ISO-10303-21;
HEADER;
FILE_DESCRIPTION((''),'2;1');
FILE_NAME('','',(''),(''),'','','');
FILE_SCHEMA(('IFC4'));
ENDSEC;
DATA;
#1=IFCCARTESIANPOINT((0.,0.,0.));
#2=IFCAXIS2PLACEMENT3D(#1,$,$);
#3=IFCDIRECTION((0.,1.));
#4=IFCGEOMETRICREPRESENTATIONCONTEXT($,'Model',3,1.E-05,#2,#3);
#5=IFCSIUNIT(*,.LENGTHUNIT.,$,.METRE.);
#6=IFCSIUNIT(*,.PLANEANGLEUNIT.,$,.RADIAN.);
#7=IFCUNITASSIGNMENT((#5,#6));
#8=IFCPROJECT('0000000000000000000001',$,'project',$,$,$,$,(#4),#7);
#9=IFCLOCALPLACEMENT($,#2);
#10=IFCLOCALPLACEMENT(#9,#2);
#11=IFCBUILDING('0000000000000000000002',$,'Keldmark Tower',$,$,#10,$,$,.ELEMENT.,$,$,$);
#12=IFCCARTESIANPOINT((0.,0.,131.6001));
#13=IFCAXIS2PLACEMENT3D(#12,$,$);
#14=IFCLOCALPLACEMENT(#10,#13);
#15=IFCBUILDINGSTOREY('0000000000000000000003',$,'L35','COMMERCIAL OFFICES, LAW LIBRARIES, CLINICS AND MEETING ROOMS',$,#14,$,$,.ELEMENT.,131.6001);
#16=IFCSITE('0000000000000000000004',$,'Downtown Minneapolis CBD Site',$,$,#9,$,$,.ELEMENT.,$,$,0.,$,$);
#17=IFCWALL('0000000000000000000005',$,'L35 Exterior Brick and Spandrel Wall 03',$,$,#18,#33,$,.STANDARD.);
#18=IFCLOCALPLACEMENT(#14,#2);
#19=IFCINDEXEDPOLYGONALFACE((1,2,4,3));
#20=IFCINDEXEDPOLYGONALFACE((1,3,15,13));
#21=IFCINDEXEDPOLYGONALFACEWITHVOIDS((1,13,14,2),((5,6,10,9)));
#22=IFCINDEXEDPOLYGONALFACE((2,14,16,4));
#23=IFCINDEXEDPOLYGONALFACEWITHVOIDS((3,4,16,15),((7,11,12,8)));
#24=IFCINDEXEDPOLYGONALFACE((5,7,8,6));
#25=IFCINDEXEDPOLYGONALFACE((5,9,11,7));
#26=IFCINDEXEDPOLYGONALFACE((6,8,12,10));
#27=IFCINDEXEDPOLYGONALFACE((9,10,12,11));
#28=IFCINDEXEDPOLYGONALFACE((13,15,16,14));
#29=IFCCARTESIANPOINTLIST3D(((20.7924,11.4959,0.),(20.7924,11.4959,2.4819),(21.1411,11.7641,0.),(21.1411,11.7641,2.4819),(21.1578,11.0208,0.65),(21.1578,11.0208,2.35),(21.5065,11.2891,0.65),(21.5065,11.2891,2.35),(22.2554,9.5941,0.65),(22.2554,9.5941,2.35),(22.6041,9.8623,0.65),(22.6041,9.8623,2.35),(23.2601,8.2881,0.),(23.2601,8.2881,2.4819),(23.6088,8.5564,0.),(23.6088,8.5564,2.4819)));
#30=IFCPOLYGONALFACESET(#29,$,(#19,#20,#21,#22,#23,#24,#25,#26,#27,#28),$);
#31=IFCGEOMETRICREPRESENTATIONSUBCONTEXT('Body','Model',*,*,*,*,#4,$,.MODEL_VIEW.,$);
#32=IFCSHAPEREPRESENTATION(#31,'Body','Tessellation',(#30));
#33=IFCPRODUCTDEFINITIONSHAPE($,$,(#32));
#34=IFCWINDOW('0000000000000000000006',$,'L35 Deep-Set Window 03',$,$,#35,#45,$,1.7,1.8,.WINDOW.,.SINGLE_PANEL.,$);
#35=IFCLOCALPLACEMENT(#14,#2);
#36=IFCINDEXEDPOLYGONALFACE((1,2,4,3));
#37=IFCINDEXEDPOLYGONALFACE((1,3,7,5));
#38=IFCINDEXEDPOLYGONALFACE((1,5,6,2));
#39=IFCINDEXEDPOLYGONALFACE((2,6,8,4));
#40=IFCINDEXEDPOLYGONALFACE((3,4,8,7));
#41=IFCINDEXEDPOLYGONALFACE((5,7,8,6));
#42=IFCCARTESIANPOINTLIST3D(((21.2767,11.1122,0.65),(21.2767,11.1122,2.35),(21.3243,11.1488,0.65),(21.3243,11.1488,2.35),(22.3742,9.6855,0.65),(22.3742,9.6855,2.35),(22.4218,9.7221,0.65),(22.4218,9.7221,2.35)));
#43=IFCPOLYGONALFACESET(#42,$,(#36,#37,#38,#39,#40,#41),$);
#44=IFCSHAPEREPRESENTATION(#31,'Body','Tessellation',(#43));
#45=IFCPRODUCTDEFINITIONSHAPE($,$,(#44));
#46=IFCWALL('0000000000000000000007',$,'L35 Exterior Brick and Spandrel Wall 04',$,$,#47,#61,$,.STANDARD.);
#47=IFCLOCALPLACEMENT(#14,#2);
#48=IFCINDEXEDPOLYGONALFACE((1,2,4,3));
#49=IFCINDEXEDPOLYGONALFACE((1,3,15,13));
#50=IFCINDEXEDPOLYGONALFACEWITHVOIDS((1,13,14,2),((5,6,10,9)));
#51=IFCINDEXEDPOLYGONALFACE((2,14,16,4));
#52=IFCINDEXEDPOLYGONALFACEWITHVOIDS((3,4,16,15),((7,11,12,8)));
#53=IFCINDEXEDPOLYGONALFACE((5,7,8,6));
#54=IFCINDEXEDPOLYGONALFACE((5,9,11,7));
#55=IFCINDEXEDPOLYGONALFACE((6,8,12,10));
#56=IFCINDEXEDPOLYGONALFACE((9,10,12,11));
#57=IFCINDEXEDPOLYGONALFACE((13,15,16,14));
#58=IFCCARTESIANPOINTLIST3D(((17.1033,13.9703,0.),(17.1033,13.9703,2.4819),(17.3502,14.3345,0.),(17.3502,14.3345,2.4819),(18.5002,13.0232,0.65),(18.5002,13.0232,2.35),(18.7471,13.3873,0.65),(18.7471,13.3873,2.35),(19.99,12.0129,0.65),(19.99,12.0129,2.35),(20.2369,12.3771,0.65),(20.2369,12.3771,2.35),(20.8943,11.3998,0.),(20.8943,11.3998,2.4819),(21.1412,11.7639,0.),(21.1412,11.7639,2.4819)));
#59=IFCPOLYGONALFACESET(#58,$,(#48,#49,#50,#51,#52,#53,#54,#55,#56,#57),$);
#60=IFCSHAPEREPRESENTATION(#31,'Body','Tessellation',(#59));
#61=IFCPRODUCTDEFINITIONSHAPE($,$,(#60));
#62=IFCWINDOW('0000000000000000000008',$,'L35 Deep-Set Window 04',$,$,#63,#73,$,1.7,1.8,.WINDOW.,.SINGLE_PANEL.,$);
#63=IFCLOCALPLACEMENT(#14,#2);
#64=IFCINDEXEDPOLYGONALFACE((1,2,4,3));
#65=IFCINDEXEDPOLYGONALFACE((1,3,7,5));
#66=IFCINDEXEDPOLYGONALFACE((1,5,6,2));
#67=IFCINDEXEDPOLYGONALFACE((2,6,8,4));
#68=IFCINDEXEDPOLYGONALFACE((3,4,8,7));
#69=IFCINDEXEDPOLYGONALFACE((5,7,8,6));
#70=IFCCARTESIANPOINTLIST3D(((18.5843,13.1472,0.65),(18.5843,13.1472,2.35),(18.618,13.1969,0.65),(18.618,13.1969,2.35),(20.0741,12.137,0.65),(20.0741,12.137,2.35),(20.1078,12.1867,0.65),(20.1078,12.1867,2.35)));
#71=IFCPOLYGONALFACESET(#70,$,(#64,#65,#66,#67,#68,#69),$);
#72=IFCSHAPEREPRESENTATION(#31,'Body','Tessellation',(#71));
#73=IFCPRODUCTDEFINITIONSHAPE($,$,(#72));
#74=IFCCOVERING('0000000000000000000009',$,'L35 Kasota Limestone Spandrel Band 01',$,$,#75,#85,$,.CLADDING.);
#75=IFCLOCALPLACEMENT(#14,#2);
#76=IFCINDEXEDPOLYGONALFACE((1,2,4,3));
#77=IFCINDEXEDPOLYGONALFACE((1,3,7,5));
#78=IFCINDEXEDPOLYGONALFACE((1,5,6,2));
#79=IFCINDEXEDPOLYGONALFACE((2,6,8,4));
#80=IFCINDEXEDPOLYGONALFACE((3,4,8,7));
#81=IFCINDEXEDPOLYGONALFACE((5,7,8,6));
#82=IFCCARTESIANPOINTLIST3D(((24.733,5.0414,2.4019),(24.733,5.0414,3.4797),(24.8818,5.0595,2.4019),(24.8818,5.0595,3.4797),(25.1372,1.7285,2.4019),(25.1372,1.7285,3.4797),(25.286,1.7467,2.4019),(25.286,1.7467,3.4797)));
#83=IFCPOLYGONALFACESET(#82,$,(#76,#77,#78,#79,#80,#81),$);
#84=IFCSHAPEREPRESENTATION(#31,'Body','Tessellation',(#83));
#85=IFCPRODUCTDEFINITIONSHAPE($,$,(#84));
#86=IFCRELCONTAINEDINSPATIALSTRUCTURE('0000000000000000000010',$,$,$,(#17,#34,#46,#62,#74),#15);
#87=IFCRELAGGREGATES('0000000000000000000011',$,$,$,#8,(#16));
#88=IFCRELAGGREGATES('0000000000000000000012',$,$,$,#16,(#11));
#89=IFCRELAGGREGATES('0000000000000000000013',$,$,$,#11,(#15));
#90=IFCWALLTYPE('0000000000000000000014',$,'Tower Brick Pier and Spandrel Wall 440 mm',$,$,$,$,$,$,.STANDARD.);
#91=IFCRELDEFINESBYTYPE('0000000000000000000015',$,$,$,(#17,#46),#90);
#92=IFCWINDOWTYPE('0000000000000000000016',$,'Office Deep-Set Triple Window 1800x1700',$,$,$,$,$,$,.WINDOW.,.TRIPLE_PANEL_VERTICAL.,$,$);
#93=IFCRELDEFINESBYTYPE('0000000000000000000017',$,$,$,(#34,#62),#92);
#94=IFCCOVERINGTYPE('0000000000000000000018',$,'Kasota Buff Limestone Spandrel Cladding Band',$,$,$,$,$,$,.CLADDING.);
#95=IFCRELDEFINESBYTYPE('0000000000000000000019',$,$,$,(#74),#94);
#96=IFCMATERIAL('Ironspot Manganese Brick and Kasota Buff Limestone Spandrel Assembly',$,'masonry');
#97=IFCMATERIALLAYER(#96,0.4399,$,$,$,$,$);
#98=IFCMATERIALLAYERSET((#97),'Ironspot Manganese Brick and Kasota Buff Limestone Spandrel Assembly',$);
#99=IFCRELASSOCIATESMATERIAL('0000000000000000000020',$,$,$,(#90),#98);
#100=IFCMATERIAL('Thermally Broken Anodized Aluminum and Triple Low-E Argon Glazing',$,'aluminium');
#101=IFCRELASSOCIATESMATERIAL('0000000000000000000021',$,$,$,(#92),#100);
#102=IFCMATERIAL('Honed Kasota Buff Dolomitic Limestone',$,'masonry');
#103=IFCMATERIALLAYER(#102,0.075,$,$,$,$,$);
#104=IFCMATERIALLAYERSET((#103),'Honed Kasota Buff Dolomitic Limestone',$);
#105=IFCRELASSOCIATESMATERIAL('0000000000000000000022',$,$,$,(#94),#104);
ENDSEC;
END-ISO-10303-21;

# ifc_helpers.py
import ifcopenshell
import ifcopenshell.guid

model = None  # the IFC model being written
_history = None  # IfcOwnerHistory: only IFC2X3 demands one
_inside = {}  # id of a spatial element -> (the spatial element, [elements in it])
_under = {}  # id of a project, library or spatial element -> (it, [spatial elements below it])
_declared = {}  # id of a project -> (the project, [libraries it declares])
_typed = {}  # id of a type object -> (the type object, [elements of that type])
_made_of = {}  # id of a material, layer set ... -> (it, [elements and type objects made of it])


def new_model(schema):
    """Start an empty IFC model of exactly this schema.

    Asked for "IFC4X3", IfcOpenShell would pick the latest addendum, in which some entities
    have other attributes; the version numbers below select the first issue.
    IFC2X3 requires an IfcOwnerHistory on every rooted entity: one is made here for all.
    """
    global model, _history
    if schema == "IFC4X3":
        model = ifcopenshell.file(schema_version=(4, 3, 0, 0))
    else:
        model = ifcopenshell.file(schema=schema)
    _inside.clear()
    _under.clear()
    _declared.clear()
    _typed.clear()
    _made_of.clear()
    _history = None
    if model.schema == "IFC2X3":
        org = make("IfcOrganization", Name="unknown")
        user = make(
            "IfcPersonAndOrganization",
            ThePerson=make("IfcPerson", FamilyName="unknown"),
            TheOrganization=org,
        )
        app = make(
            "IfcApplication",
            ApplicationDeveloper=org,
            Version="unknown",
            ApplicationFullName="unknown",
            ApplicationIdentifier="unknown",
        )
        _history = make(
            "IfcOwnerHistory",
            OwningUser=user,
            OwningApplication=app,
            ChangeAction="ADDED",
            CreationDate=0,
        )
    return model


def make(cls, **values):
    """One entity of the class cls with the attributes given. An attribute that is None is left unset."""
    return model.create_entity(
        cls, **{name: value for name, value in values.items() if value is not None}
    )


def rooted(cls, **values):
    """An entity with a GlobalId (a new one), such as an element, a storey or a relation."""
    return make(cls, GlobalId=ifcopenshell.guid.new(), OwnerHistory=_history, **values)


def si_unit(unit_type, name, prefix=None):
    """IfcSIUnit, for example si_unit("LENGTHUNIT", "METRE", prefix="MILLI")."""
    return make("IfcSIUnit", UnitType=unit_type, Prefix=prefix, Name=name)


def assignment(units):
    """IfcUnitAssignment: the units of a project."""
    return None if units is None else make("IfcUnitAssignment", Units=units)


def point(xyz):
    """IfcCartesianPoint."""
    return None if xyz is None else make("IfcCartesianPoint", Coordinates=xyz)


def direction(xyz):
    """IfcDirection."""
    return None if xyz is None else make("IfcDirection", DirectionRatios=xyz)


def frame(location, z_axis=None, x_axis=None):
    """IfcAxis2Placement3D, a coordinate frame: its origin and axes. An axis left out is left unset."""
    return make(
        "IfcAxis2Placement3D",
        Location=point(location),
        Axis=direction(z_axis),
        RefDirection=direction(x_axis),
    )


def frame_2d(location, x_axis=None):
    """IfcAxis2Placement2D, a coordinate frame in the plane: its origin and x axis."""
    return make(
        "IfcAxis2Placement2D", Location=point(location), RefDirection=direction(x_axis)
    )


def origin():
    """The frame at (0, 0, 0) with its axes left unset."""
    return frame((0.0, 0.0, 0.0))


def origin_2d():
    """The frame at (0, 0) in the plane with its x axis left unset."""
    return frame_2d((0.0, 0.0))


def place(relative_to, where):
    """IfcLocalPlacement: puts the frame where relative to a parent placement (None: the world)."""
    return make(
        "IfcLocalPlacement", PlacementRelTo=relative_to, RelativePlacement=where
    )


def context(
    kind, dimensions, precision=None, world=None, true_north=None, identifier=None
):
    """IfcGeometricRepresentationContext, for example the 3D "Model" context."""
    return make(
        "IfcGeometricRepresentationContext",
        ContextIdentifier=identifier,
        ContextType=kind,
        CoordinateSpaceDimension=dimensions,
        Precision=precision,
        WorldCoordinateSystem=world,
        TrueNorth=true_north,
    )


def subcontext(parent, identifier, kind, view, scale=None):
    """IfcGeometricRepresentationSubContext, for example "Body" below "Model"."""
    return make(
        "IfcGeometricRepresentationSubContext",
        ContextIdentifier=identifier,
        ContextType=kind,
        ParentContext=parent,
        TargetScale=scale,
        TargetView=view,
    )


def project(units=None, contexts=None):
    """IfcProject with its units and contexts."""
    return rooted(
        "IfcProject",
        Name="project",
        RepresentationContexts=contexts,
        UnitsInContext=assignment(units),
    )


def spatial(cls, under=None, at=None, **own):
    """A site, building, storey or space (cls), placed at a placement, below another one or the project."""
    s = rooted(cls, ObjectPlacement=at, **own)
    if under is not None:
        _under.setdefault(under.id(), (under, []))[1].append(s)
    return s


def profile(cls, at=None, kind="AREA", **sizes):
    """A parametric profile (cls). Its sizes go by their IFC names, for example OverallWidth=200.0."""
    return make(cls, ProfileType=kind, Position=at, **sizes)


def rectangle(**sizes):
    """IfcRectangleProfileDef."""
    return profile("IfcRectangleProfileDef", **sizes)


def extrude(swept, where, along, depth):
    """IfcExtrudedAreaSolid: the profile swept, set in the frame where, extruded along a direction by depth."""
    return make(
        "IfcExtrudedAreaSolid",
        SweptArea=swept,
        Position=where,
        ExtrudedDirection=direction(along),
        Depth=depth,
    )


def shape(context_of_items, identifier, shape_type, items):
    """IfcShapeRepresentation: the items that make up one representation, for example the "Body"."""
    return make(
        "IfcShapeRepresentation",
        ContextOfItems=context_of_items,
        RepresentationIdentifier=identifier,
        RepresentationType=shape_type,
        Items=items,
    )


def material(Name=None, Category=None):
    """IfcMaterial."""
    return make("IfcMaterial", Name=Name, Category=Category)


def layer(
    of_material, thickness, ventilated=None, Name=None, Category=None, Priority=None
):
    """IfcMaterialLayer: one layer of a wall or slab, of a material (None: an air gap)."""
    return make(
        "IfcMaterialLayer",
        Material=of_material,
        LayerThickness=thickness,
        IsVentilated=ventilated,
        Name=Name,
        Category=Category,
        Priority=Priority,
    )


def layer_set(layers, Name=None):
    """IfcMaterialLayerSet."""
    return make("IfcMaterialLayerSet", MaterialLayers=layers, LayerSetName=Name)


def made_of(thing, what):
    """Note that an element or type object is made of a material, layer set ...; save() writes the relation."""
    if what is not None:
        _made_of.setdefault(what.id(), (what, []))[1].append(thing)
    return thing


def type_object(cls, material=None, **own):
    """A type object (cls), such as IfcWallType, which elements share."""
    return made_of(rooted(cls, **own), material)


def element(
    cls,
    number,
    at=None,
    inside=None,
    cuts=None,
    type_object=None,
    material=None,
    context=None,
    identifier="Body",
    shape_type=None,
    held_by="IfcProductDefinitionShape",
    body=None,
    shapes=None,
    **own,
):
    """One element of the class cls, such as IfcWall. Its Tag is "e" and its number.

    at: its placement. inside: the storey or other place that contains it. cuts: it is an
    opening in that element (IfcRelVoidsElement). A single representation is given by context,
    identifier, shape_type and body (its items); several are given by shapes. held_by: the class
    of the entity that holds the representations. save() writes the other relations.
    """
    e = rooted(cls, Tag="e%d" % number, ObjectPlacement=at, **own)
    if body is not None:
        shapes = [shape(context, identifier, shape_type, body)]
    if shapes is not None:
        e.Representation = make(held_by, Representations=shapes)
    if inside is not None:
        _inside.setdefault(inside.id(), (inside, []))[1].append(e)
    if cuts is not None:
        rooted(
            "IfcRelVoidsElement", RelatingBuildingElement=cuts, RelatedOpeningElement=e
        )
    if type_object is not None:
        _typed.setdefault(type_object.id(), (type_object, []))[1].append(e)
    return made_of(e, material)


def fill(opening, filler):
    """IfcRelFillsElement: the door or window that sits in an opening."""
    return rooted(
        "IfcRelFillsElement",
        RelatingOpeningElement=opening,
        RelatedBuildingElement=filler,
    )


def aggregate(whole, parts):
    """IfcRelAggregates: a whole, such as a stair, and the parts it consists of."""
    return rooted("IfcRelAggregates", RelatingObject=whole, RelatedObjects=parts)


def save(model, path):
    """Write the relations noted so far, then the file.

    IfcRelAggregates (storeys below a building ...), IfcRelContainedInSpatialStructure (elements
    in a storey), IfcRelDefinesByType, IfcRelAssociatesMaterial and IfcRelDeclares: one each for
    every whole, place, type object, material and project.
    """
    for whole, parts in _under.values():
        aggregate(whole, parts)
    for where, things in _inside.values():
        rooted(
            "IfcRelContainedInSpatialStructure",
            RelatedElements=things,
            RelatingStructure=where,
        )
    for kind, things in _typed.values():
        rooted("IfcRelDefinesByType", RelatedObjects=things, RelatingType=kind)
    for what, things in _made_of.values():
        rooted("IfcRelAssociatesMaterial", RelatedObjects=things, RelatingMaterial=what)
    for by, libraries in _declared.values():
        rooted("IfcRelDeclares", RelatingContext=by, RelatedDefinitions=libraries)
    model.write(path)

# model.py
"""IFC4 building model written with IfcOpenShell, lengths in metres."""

from ifc_helpers import new_model, si_unit, direction, frame, frame_2d, origin, origin_2d, place, context, subcontext, project, spatial, rectangle, extrude, material, layer, layer_set, type_object, element, fill, save


model = new_model("IFC4")

# Units and contexts
model_context = context("Model", 3, precision=1e-05, world=origin(), true_north=direction((0.0, 1.0)))
body_context = subcontext(model_context, "Body", "Model", "MODEL_VIEW")
ifc_project = project(units=[si_unit("LENGTHUNIT", "METRE"), si_unit("PLANEANGLEUNIT", "RADIAN")], contexts=[model_context])

# Site, building, storey
site_placement = place(None, origin())
site = spatial("IfcSite", under=ifc_project, at=site_placement, Name="Downtown Minneapolis CBD Site", CompositionType="ELEMENT", RefElevation=0.0)
building_placement = place(site_placement, origin())
building = spatial("IfcBuilding", under=site, at=building_placement, Name="Keldmark Tower", CompositionType="ELEMENT")
storey_placement = place(building_placement, frame((0.0, 0.0, 131.6001)))
storey = spatial("IfcBuildingStorey", under=building, at=storey_placement, Name="L35", Description="COMMERCIAL OFFICES, LAW LIBRARIES, CLINICS AND MEETING ROOMS", CompositionType="ELEMENT", Elevation=131.6001)

# Walls, openings, windows
ifc_material_1 = material(Name="Ironspot Manganese Brick and Kasota Buff Limestone Spandrel Assembly", Category="masonry")
ifc_layer_1 = layer(ifc_material_1, 0.4399)
ifc_layer_set_1 = layer_set([ifc_layer_1], Name="Ironspot Manganese Brick and Kasota Buff Limestone Spandrel Assembly")
wall_type_1 = type_object("IfcWallType", Name="Tower Brick Pier and Spandrel Wall 440 mm", PredefinedType="STANDARD", material=ifc_layer_set_1)
ifc_material_2 = material(Name="Thermally Broken Anodized Aluminum and Triple Low-E Argon Glazing", Category="aluminium")
window_type_1 = type_object("IfcWindowType", Name="Office Deep-Set Triple Window 1800x1700", PartitioningType="TRIPLE_PANEL_VERTICAL", PredefinedType="WINDOW", material=ifc_material_2)
wall_1_placement = place(storey_placement, frame((20.9668, 11.6299, 0.0), z_axis=(0.0, 0.0, 1.0), x_axis=(0.609752, -0.792593, 0.0)))
wall_1 = element("IfcWall", 1, at=wall_1_placement, inside=storey, type_object=wall_type_1, Name="L35 Exterior Brick and Spandrel Wall 03", PredefinedType="STANDARD", context=body_context, shape_type="SweptSolid", body=[
    extrude(rectangle(XDim=4.0471, YDim=0.4399, at=frame_2d((2.0234, 0.0))), origin(), (0.0, 0.0, 1.0), 2.4819),
])
opening_1_placement = place(wall_1_placement, frame((0.5994, 0.0, 0.6499)))
opening_1 = element("IfcOpeningElement", 2, at=opening_1_placement, cuts=wall_1, PredefinedType="OPENING", context=body_context, shape_type="SweptSolid", body=[
    extrude(rectangle(XDim=1.8, YDim=1.7, at=frame_2d((0.8999, 0.8501))), frame((0.0, 0.23, 0.0), z_axis=(0.0, -1.0, 0.0), x_axis=(1.0, 0.0, 0.0)), (0.0, 0.0, 1.0), 0.46),
])
window_1_placement = place(opening_1_placement, origin())
window_1 = element("IfcWindow", 3, at=window_1_placement, inside=storey, type_object=window_type_1, Name="L35 Deep-Set Window 03", OverallHeight=1.7, OverallWidth=1.8, PartitioningType="SINGLE_PANEL", PredefinedType="WINDOW", context=body_context, shape_type="SweptSolid", body=[
    extrude(rectangle(XDim=1.8, YDim=1.7, at=frame_2d((0.8999, 0.8501))), frame((0.0, -0.01, 0.0), z_axis=(0.0, -1.0, 0.0), x_axis=(1.0, 0.0, 0.0)), (0.0, 0.0, 1.0), 0.0601),
])
fill(opening_1, window_1)
wall_2_placement = place(storey_placement, frame((17.2268, 14.1523, 0.0), z_axis=(0.0, 0.0, 1.0), x_axis=(0.82767, -0.561215, 0.0)))
wall_2 = element("IfcWall", 4, at=wall_2_placement, inside=storey, type_object=wall_type_1, Name="L35 Exterior Brick and Spandrel Wall 04", PredefinedType="STANDARD", context=body_context, shape_type="SweptSolid", body=[
    extrude(rectangle(XDim=4.5803, YDim=0.4399, at=frame_2d((2.29, 0.0))), origin(), (0.0, 0.0, 1.0), 2.4819),
])
opening_2_placement = place(wall_2_placement, frame((1.6877, 0.0, 0.6499)))
opening_2 = element("IfcOpeningElement", 5, at=opening_2_placement, cuts=wall_2, PredefinedType="OPENING", context=body_context, shape_type="SweptSolid", body=[
    extrude(rectangle(XDim=1.8, YDim=1.7, at=frame_2d((0.8999, 0.8501))), frame((0.0, 0.23, 0.0), z_axis=(0.0, -1.0, 0.0), x_axis=(1.0, 0.0, 0.0)), (0.0, 0.0, 1.0), 0.46),
])
window_2_placement = place(opening_2_placement, origin())
window_2 = element("IfcWindow", 6, at=window_2_placement, inside=storey, type_object=window_type_1, Name="L35 Deep-Set Window 04", OverallHeight=1.7, OverallWidth=1.8, PartitioningType="SINGLE_PANEL", PredefinedType="WINDOW", context=body_context, shape_type="SweptSolid", body=[
    extrude(rectangle(XDim=1.8, YDim=1.7, at=frame_2d((0.8999, 0.8501))), frame((0.0, -0.01, 0.0), z_axis=(0.0, -1.0, 0.0), x_axis=(1.0, 0.0, 0.0)), (0.0, 0.0, 1.0), 0.0601),
])
fill(opening_2, window_2)

# Covering
ifc_material_3 = material(Name="Honed Kasota Buff Dolomitic Limestone", Category="masonry")
ifc_layer_2 = layer(ifc_material_3, 0.075)
ifc_layer_set_2 = layer_set([ifc_layer_2], Name="Honed Kasota Buff Dolomitic Limestone")
covering_type = type_object("IfcCoveringType", Name="Kasota Buff Limestone Spandrel Cladding Band", PredefinedType="CLADDING", material=ifc_layer_set_2)
covering_placement = place(storey_placement, frame((25.0095, 3.394, 2.4019), z_axis=(0.0, 0.0, 1.0), x_axis=(-0.121124, 0.992637, 0.0)))
element("IfcCovering", 7, at=covering_placement, inside=storey, type_object=covering_type, Name="L35 Kasota Limestone Spandrel Band 01", PredefinedType="CLADDING", context=body_context, shape_type="SweptSolid", body=[
    extrude(rectangle(XDim=3.3374, YDim=0.1499, at=origin_2d()), origin(), (0.0, 0.0, 1.0), 1.0779),
])

save(model, "model.ifc")
